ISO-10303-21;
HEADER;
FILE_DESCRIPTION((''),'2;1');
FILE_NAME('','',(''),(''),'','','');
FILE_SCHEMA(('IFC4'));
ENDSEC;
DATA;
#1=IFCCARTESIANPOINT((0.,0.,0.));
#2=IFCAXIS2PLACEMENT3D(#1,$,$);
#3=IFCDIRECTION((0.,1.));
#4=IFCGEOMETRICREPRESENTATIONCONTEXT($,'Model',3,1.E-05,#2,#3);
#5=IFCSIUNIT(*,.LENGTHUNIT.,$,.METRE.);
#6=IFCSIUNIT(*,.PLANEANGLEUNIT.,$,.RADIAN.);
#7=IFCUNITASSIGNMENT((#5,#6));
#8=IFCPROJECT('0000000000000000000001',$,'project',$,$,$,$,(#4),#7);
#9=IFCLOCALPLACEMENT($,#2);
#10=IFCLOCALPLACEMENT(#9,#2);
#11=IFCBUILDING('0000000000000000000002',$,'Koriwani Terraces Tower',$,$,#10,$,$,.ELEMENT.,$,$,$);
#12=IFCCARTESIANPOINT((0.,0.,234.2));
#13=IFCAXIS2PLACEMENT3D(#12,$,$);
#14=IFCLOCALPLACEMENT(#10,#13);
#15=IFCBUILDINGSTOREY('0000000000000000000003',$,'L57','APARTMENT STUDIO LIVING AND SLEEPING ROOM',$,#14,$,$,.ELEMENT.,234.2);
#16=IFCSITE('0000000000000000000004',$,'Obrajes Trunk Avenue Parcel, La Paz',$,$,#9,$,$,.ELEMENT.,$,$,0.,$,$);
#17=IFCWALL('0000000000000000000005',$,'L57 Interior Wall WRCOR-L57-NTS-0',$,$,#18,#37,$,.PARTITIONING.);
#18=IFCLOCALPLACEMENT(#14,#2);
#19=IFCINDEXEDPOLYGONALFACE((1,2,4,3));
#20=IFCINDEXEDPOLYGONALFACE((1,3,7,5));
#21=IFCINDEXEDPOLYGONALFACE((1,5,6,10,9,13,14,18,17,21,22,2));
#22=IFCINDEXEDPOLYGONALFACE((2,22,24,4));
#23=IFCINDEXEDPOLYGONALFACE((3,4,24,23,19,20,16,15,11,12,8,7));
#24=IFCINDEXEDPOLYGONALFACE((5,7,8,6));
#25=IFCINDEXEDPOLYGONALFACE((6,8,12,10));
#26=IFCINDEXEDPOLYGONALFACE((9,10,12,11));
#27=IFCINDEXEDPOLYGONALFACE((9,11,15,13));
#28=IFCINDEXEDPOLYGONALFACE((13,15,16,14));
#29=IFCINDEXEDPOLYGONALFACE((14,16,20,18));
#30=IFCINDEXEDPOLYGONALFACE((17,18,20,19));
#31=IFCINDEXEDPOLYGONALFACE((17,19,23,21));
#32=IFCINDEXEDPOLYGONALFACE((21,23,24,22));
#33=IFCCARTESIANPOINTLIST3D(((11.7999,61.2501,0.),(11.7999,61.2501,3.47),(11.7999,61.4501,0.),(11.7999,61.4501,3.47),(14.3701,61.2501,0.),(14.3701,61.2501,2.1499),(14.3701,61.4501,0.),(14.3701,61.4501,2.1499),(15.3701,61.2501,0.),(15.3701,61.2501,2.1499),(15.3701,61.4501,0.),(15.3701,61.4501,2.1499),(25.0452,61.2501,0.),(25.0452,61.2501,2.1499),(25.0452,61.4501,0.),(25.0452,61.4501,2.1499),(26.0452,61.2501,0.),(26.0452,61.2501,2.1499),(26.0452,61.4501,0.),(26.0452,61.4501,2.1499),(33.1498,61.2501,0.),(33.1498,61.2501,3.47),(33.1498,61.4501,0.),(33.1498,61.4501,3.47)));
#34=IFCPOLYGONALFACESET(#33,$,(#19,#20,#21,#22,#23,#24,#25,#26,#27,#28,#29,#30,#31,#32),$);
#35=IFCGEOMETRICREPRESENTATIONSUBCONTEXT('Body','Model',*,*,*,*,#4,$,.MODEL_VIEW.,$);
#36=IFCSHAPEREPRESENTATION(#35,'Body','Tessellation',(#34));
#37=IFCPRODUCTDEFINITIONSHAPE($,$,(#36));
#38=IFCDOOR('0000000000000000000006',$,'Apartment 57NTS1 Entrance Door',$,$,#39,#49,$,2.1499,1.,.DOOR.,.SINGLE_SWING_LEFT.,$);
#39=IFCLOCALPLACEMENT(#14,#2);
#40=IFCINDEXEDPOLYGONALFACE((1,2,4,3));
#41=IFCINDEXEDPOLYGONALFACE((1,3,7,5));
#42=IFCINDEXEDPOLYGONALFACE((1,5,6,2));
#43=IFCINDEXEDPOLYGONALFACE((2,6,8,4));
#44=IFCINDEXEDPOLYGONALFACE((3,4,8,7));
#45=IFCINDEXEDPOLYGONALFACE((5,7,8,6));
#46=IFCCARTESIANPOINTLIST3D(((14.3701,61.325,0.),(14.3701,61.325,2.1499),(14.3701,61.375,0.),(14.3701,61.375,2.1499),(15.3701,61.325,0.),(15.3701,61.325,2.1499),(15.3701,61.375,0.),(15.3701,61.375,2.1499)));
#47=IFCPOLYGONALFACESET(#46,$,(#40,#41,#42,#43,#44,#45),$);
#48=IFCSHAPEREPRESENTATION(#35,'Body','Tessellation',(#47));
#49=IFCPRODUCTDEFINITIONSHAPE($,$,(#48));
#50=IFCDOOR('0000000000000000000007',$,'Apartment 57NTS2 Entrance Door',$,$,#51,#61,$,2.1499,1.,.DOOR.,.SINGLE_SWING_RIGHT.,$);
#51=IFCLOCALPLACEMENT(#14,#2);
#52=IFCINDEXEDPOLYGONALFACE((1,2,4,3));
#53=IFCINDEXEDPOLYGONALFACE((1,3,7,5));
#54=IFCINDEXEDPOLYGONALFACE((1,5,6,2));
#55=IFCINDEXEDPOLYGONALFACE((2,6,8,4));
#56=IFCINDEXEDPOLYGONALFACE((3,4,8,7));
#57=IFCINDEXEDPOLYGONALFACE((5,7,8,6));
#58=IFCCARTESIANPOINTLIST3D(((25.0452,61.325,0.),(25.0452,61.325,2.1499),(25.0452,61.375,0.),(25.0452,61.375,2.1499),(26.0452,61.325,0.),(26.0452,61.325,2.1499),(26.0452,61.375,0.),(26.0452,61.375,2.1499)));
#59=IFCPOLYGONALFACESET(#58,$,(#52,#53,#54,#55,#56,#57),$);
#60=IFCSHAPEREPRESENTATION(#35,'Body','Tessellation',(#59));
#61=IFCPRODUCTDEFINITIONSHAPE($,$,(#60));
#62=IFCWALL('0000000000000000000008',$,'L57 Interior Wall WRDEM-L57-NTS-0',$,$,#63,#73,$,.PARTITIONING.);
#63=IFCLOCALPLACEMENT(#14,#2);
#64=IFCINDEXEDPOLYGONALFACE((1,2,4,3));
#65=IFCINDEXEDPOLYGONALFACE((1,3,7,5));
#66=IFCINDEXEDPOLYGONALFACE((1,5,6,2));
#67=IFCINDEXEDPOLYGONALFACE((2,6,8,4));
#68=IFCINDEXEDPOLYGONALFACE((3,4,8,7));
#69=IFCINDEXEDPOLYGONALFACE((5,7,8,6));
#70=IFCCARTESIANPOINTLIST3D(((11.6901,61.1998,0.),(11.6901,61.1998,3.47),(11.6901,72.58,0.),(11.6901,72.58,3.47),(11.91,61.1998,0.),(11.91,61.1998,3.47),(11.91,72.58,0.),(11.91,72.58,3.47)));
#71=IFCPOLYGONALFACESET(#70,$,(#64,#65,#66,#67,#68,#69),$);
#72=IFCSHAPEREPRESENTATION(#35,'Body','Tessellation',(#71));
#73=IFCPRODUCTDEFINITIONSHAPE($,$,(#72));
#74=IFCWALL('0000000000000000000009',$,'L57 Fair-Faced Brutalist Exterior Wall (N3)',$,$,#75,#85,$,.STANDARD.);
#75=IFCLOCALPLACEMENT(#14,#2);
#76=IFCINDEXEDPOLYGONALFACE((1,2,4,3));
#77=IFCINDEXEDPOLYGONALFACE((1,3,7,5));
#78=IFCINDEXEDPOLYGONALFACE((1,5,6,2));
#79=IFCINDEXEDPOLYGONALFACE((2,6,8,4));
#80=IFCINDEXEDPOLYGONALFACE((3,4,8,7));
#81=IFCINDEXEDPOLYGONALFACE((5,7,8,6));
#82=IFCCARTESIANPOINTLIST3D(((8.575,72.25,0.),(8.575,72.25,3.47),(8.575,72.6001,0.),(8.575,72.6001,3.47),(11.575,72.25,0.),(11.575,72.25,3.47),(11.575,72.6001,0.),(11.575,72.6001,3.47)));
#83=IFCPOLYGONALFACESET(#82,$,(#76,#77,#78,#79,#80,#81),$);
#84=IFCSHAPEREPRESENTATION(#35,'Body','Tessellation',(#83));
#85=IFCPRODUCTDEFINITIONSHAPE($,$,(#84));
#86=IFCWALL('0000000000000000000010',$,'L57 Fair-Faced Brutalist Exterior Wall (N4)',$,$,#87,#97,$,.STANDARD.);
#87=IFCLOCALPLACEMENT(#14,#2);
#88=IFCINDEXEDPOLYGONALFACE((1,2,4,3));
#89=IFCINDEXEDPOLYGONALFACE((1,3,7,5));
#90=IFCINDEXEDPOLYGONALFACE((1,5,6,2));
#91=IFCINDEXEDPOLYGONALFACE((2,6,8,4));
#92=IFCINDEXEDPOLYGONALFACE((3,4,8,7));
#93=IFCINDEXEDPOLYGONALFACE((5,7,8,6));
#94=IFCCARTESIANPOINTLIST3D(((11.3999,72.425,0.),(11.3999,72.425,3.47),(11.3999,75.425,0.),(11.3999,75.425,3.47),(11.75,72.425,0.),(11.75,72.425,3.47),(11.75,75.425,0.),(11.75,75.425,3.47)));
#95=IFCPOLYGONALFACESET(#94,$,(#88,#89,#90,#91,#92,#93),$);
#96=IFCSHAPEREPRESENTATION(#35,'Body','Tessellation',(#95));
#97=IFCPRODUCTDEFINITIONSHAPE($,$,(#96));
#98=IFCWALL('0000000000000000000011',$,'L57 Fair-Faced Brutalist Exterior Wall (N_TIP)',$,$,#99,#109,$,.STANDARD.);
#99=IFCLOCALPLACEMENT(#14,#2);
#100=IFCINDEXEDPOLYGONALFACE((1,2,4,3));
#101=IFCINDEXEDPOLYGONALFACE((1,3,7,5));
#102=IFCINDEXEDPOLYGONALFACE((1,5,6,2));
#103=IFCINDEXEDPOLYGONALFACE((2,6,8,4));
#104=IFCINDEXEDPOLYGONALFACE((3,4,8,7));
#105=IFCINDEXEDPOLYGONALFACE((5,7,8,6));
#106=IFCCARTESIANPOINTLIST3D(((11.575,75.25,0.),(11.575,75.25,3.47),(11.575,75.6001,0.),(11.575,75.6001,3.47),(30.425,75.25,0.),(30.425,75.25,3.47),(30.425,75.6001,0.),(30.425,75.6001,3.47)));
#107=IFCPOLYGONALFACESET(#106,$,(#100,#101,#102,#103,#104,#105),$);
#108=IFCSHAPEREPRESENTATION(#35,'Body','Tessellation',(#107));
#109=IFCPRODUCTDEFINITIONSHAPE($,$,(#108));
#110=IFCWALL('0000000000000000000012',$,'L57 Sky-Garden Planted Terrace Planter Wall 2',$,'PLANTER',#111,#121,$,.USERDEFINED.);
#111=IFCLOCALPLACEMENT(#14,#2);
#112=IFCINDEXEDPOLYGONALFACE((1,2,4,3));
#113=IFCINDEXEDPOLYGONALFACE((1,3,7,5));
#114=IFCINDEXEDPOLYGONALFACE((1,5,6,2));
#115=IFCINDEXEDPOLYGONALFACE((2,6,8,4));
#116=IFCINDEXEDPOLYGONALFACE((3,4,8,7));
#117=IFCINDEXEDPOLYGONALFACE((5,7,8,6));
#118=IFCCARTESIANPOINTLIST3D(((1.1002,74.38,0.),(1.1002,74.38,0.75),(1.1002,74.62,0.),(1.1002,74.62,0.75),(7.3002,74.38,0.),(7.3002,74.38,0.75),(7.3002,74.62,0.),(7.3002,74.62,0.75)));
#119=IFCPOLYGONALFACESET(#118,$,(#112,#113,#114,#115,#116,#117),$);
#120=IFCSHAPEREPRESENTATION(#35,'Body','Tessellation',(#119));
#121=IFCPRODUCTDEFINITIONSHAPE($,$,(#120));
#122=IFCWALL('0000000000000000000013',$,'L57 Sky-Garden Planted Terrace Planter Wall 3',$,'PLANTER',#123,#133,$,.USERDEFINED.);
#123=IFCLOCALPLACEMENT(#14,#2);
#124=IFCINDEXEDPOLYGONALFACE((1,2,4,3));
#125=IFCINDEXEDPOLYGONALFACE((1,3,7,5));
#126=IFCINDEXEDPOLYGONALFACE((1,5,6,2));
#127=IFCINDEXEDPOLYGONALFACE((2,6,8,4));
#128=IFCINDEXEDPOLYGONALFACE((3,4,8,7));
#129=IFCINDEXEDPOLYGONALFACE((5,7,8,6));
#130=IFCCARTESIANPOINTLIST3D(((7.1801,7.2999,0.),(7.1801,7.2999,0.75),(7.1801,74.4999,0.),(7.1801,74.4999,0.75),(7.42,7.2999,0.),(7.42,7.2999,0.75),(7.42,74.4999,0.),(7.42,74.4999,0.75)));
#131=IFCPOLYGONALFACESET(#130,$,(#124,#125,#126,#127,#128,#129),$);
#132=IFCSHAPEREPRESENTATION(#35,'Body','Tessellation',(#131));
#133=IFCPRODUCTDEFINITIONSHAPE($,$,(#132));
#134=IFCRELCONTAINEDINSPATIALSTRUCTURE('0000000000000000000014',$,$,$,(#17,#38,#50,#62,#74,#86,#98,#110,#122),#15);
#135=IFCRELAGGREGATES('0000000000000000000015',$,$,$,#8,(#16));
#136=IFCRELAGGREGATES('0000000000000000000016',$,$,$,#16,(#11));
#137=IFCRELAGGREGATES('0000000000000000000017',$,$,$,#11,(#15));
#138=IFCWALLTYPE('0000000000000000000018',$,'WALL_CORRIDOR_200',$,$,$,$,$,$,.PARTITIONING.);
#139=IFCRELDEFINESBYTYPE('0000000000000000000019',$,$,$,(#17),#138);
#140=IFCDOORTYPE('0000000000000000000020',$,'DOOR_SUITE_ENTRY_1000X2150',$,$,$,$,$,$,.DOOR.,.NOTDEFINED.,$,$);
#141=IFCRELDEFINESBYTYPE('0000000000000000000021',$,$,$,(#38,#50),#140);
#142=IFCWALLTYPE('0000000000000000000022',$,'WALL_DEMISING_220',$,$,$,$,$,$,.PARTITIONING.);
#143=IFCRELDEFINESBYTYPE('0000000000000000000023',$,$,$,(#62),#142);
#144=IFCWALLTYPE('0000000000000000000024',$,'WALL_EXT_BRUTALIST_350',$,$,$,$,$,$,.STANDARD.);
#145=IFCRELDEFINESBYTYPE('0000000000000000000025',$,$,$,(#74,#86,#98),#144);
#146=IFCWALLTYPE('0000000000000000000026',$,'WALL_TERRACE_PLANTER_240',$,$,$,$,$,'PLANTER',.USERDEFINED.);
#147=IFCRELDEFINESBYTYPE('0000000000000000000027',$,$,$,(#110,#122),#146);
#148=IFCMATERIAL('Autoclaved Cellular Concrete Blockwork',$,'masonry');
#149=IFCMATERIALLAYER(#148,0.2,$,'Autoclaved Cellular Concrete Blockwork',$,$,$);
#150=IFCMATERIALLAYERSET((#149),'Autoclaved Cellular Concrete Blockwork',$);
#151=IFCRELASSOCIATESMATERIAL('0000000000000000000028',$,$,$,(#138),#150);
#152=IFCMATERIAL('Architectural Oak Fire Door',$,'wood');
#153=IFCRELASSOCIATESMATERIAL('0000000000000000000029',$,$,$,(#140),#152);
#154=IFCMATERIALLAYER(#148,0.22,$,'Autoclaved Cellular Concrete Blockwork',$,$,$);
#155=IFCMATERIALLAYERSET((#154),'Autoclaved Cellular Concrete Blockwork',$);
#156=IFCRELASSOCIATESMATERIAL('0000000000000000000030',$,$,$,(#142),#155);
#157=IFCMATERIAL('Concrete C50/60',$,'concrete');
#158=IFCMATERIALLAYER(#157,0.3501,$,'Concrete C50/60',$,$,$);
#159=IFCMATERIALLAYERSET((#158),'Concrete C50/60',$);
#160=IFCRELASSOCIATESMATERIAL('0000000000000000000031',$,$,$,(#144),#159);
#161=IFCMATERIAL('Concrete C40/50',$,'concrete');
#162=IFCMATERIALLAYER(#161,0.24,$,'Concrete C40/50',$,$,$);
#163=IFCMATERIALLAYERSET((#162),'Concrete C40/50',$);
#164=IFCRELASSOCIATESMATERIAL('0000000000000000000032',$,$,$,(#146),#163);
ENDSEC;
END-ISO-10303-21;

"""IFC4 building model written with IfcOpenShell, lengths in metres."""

from ifc_helpers import new_model, si_unit, direction, frame, frame_2d, origin, place, context, subcontext, project, spatial, rectangle, extrude, material, layer, layer_set, type_object, element, fill, save


model = new_model("IFC4")

# Units and contexts
model_context = context("Model", 3, precision=1e-05, world=origin(), true_north=direction((0.0, 1.0)))
body_context = subcontext(model_context, "Body", "Model", "MODEL_VIEW")
ifc_project = project(units=[si_unit("LENGTHUNIT", "METRE"), si_unit("PLANEANGLEUNIT", "RADIAN")], contexts=[model_context])

# Site, building, storey
site_placement = place(None, origin())
site = spatial("IfcSite", under=ifc_project, at=site_placement, Name="Obrajes Trunk Avenue Parcel, La Paz", CompositionType="ELEMENT", RefElevation=0.0)
building_placement = place(site_placement, origin())
building = spatial("IfcBuilding", under=site, at=building_placement, Name="Koriwani Terraces Tower", CompositionType="ELEMENT")
storey_placement = place(building_placement, frame((0.0, 0.0, 234.2)))
storey = spatial("IfcBuildingStorey", under=building, at=storey_placement, Name="L57", Description="APARTMENT STUDIO LIVING AND SLEEPING ROOM", CompositionType="ELEMENT", Elevation=234.2)

# Shared definitions
ifc_material_1 = material(Name="Concrete C50/60", Category="concrete")

# Shared definitions
ifc_material_2 = material(Name="Autoclaved Cellular Concrete Blockwork", Category="masonry")
ifc_layer_1 = layer(ifc_material_2, 0.2, Name="Autoclaved Cellular Concrete Blockwork")
ifc_layer_set_1 = layer_set([ifc_layer_1], Name="Autoclaved Cellular Concrete Blockwork")
wall_type_1 = type_object("IfcWallType", Name="WALL_CORRIDOR_200", PredefinedType="PARTITIONING", material=ifc_layer_set_1)
ifc_material_3 = material(Name="Architectural Oak Fire Door", Category="wood")
door_type = type_object("IfcDoorType", Name="DOOR_SUITE_ENTRY_1000X2150", OperationType="NOTDEFINED", PredefinedType="DOOR", material=ifc_material_3)

# Wall, openings, doors
wall_1_placement = place(storey_placement, frame((11.8, 61.3501, 0.0), z_axis=(0.0, 0.0, 1.0), x_axis=(1.0, 0.0, 0.0)))
wall_1 = element("IfcWall", 1, at=wall_1_placement, inside=storey, type_object=wall_type_1, Name="L57 Interior Wall WRCOR-L57-NTS-0", PredefinedType="PARTITIONING", context=body_context, shape_type="SweptSolid", body=[
    extrude(rectangle(XDim=21.3499, YDim=0.2, at=frame_2d((10.6748, 0.0))), origin(), (0.0, 0.0, 1.0), 3.47),
])
opening_1_placement = place(wall_1_placement, frame((2.5701, 0.0, 0.0)))
opening_1 = element("IfcOpeningElement", 2, at=opening_1_placement, cuts=wall_1, PredefinedType="OPENING", context=body_context, shape_type="SweptSolid", body=[
    extrude(rectangle(XDim=1.0, YDim=2.1499, at=frame_2d((0.5, 1.075))), frame((0.0, 0.1099, 0.0), z_axis=(0.0, -1.0, 0.0), x_axis=(1.0, 0.0, 0.0)), (0.0, 0.0, 1.0), 0.22),
])
opening_2_placement = place(wall_1_placement, frame((13.2451, 0.0, 0.0)))
opening_2 = element("IfcOpeningElement", 3, at=opening_2_placement, cuts=wall_1, PredefinedType="OPENING", context=body_context, shape_type="SweptSolid", body=[
    extrude(rectangle(XDim=1.0, YDim=2.1499, at=frame_2d((0.5, 1.075))), frame((0.0, 0.1099, 0.0), z_axis=(0.0, -1.0, 0.0), x_axis=(1.0, 0.0, 0.0)), (0.0, 0.0, 1.0), 0.22),
])
door_1_placement = place(opening_1_placement, origin())
door_1 = element("IfcDoor", 4, at=door_1_placement, inside=storey, type_object=door_type, Name="Apartment 57NTS1 Entrance Door", OperationType="SINGLE_SWING_LEFT", OverallHeight=2.1499, OverallWidth=1.0, PredefinedType="DOOR", context=body_context, shape_type="SweptSolid", body=[
    extrude(rectangle(XDim=1.0, YDim=2.1499, at=frame_2d((0.5, 1.075))), frame((0.0, 0.0249, 0.0), z_axis=(0.0, -1.0, 0.0), x_axis=(1.0, 0.0, 0.0)), (0.0, 0.0, 1.0), 0.05),
])
fill(opening_1, door_1)
door_2_placement = place(opening_2_placement, origin())
door_2 = element("IfcDoor", 5, at=door_2_placement, inside=storey, type_object=door_type, Name="Apartment 57NTS2 Entrance Door", OperationType="SINGLE_SWING_RIGHT", OverallHeight=2.1499, OverallWidth=1.0, PredefinedType="DOOR", context=body_context, shape_type="SweptSolid", body=[
    extrude(rectangle(XDim=1.0, YDim=2.1499, at=frame_2d((0.5, 1.075))), frame((0.0, 0.0249, 0.0), z_axis=(0.0, -1.0, 0.0), x_axis=(1.0, 0.0, 0.0)), (0.0, 0.0, 1.0), 0.05),
])
fill(opening_2, door_2)

# Walls
ifc_layer_2 = layer(ifc_material_2, 0.22, Name="Autoclaved Cellular Concrete Blockwork")
ifc_layer_set_2 = layer_set([ifc_layer_2], Name="Autoclaved Cellular Concrete Blockwork")
wall_type_2 = type_object("IfcWallType", Name="WALL_DEMISING_220", PredefinedType="PARTITIONING", material=ifc_layer_set_2)
wall_2_placement = place(storey_placement, frame((11.8, 61.2, 0.0), z_axis=(0.0, 0.0, 1.0), x_axis=(0.0, 1.0, 0.0)))
element("IfcWall", 6, at=wall_2_placement, inside=storey, type_object=wall_type_2, Name="L57 Interior Wall WRDEM-L57-NTS-0", PredefinedType="PARTITIONING", context=body_context, shape_type="SweptSolid", body=[
    extrude(rectangle(XDim=11.3801, YDim=0.22, at=frame_2d((5.6899, 0.0))), origin(), (0.0, 0.0, 1.0), 3.47),
])
ifc_layer_3 = layer(ifc_material_1, 0.3501, Name="Concrete C50/60")
ifc_layer_set_3 = layer_set([ifc_layer_3], Name="Concrete C50/60")
wall_type_3 = type_object("IfcWallType", Name="WALL_EXT_BRUTALIST_350", PredefinedType="STANDARD", material=ifc_layer_set_3)
for number, where, z_axis, x_axis, name in (
    (7, (8.575, 72.425, 0.0), (0.0, 0.0, 1.0), (1.0, 0.0, 0.0), "L57 Fair-Faced Brutalist Exterior Wall (N3)"),
    (8, (11.575, 72.425, 0.0), (0.0, 0.0, 1.0), (0.0, 1.0, 0.0), "L57 Fair-Faced Brutalist Exterior Wall (N4)"),
):
    element("IfcWall", number, at=place(storey_placement, frame(where, z_axis=z_axis, x_axis=x_axis)), inside=storey, type_object=wall_type_3, Name=name, PredefinedType="STANDARD", context=body_context, shape_type="SweptSolid", body=[
        extrude(rectangle(XDim=3.0, YDim=0.3501, at=frame_2d((1.5, 0.0))), origin(), (0.0, 0.0, 1.0), 3.47),
    ])
wall_3_placement = place(storey_placement, frame((11.575, 75.425, 0.0), z_axis=(0.0, 0.0, 1.0), x_axis=(1.0, 0.0, 0.0)))
element("IfcWall", 9, at=wall_3_placement, inside=storey, type_object=wall_type_3, Name="L57 Fair-Faced Brutalist Exterior Wall (N_TIP)", PredefinedType="STANDARD", context=body_context, shape_type="SweptSolid", body=[
    extrude(rectangle(XDim=18.8501, YDim=0.3501, at=frame_2d((9.425, 0.0))), origin(), (0.0, 0.0, 1.0), 3.47),
])
ifc_material_4 = material(Name="Concrete C40/50", Category="concrete")
ifc_layer_4 = layer(ifc_material_4, 0.24, Name="Concrete C40/50")
ifc_layer_set_4 = layer_set([ifc_layer_4], Name="Concrete C40/50")
wall_type_4 = type_object("IfcWallType", Name="WALL_TERRACE_PLANTER_240", ElementType="PLANTER", PredefinedType="USERDEFINED", material=ifc_layer_set_4)
wall_4_placement = place(storey_placement, frame((1.1001, 74.5, 0.0), z_axis=(0.0, 0.0, 1.0), x_axis=(1.0, 0.0, 0.0)))
element("IfcWall", 10, at=wall_4_placement, inside=storey, type_object=wall_type_4, Name="L57 Sky-Garden Planted Terrace Planter Wall 2", ObjectType="PLANTER", PredefinedType="USERDEFINED", context=body_context, shape_type="SweptSolid", body=[
    extrude(rectangle(XDim=6.2, YDim=0.24, at=frame_2d((3.1001, 0.0))), origin(), (0.0, 0.0, 1.0), 0.75),
])
wall_5_placement = place(storey_placement, frame((7.3, 74.5, 0.0), z_axis=(0.0, 0.0, 1.0), x_axis=(0.0, -1.0, 0.0)))
element("IfcWall", 11, at=wall_5_placement, inside=storey, type_object=wall_type_4, Name="L57 Sky-Garden Planted Terrace Planter Wall 3", ObjectType="PLANTER", PredefinedType="USERDEFINED", context=body_context, shape_type="SweptSolid", body=[
    extrude(rectangle(XDim=67.2, YDim=0.24, at=frame_2d((33.6001, 0.0))), origin(), (0.0, 0.0, 1.0), 0.75),
])

save(model, "model.ifc")
